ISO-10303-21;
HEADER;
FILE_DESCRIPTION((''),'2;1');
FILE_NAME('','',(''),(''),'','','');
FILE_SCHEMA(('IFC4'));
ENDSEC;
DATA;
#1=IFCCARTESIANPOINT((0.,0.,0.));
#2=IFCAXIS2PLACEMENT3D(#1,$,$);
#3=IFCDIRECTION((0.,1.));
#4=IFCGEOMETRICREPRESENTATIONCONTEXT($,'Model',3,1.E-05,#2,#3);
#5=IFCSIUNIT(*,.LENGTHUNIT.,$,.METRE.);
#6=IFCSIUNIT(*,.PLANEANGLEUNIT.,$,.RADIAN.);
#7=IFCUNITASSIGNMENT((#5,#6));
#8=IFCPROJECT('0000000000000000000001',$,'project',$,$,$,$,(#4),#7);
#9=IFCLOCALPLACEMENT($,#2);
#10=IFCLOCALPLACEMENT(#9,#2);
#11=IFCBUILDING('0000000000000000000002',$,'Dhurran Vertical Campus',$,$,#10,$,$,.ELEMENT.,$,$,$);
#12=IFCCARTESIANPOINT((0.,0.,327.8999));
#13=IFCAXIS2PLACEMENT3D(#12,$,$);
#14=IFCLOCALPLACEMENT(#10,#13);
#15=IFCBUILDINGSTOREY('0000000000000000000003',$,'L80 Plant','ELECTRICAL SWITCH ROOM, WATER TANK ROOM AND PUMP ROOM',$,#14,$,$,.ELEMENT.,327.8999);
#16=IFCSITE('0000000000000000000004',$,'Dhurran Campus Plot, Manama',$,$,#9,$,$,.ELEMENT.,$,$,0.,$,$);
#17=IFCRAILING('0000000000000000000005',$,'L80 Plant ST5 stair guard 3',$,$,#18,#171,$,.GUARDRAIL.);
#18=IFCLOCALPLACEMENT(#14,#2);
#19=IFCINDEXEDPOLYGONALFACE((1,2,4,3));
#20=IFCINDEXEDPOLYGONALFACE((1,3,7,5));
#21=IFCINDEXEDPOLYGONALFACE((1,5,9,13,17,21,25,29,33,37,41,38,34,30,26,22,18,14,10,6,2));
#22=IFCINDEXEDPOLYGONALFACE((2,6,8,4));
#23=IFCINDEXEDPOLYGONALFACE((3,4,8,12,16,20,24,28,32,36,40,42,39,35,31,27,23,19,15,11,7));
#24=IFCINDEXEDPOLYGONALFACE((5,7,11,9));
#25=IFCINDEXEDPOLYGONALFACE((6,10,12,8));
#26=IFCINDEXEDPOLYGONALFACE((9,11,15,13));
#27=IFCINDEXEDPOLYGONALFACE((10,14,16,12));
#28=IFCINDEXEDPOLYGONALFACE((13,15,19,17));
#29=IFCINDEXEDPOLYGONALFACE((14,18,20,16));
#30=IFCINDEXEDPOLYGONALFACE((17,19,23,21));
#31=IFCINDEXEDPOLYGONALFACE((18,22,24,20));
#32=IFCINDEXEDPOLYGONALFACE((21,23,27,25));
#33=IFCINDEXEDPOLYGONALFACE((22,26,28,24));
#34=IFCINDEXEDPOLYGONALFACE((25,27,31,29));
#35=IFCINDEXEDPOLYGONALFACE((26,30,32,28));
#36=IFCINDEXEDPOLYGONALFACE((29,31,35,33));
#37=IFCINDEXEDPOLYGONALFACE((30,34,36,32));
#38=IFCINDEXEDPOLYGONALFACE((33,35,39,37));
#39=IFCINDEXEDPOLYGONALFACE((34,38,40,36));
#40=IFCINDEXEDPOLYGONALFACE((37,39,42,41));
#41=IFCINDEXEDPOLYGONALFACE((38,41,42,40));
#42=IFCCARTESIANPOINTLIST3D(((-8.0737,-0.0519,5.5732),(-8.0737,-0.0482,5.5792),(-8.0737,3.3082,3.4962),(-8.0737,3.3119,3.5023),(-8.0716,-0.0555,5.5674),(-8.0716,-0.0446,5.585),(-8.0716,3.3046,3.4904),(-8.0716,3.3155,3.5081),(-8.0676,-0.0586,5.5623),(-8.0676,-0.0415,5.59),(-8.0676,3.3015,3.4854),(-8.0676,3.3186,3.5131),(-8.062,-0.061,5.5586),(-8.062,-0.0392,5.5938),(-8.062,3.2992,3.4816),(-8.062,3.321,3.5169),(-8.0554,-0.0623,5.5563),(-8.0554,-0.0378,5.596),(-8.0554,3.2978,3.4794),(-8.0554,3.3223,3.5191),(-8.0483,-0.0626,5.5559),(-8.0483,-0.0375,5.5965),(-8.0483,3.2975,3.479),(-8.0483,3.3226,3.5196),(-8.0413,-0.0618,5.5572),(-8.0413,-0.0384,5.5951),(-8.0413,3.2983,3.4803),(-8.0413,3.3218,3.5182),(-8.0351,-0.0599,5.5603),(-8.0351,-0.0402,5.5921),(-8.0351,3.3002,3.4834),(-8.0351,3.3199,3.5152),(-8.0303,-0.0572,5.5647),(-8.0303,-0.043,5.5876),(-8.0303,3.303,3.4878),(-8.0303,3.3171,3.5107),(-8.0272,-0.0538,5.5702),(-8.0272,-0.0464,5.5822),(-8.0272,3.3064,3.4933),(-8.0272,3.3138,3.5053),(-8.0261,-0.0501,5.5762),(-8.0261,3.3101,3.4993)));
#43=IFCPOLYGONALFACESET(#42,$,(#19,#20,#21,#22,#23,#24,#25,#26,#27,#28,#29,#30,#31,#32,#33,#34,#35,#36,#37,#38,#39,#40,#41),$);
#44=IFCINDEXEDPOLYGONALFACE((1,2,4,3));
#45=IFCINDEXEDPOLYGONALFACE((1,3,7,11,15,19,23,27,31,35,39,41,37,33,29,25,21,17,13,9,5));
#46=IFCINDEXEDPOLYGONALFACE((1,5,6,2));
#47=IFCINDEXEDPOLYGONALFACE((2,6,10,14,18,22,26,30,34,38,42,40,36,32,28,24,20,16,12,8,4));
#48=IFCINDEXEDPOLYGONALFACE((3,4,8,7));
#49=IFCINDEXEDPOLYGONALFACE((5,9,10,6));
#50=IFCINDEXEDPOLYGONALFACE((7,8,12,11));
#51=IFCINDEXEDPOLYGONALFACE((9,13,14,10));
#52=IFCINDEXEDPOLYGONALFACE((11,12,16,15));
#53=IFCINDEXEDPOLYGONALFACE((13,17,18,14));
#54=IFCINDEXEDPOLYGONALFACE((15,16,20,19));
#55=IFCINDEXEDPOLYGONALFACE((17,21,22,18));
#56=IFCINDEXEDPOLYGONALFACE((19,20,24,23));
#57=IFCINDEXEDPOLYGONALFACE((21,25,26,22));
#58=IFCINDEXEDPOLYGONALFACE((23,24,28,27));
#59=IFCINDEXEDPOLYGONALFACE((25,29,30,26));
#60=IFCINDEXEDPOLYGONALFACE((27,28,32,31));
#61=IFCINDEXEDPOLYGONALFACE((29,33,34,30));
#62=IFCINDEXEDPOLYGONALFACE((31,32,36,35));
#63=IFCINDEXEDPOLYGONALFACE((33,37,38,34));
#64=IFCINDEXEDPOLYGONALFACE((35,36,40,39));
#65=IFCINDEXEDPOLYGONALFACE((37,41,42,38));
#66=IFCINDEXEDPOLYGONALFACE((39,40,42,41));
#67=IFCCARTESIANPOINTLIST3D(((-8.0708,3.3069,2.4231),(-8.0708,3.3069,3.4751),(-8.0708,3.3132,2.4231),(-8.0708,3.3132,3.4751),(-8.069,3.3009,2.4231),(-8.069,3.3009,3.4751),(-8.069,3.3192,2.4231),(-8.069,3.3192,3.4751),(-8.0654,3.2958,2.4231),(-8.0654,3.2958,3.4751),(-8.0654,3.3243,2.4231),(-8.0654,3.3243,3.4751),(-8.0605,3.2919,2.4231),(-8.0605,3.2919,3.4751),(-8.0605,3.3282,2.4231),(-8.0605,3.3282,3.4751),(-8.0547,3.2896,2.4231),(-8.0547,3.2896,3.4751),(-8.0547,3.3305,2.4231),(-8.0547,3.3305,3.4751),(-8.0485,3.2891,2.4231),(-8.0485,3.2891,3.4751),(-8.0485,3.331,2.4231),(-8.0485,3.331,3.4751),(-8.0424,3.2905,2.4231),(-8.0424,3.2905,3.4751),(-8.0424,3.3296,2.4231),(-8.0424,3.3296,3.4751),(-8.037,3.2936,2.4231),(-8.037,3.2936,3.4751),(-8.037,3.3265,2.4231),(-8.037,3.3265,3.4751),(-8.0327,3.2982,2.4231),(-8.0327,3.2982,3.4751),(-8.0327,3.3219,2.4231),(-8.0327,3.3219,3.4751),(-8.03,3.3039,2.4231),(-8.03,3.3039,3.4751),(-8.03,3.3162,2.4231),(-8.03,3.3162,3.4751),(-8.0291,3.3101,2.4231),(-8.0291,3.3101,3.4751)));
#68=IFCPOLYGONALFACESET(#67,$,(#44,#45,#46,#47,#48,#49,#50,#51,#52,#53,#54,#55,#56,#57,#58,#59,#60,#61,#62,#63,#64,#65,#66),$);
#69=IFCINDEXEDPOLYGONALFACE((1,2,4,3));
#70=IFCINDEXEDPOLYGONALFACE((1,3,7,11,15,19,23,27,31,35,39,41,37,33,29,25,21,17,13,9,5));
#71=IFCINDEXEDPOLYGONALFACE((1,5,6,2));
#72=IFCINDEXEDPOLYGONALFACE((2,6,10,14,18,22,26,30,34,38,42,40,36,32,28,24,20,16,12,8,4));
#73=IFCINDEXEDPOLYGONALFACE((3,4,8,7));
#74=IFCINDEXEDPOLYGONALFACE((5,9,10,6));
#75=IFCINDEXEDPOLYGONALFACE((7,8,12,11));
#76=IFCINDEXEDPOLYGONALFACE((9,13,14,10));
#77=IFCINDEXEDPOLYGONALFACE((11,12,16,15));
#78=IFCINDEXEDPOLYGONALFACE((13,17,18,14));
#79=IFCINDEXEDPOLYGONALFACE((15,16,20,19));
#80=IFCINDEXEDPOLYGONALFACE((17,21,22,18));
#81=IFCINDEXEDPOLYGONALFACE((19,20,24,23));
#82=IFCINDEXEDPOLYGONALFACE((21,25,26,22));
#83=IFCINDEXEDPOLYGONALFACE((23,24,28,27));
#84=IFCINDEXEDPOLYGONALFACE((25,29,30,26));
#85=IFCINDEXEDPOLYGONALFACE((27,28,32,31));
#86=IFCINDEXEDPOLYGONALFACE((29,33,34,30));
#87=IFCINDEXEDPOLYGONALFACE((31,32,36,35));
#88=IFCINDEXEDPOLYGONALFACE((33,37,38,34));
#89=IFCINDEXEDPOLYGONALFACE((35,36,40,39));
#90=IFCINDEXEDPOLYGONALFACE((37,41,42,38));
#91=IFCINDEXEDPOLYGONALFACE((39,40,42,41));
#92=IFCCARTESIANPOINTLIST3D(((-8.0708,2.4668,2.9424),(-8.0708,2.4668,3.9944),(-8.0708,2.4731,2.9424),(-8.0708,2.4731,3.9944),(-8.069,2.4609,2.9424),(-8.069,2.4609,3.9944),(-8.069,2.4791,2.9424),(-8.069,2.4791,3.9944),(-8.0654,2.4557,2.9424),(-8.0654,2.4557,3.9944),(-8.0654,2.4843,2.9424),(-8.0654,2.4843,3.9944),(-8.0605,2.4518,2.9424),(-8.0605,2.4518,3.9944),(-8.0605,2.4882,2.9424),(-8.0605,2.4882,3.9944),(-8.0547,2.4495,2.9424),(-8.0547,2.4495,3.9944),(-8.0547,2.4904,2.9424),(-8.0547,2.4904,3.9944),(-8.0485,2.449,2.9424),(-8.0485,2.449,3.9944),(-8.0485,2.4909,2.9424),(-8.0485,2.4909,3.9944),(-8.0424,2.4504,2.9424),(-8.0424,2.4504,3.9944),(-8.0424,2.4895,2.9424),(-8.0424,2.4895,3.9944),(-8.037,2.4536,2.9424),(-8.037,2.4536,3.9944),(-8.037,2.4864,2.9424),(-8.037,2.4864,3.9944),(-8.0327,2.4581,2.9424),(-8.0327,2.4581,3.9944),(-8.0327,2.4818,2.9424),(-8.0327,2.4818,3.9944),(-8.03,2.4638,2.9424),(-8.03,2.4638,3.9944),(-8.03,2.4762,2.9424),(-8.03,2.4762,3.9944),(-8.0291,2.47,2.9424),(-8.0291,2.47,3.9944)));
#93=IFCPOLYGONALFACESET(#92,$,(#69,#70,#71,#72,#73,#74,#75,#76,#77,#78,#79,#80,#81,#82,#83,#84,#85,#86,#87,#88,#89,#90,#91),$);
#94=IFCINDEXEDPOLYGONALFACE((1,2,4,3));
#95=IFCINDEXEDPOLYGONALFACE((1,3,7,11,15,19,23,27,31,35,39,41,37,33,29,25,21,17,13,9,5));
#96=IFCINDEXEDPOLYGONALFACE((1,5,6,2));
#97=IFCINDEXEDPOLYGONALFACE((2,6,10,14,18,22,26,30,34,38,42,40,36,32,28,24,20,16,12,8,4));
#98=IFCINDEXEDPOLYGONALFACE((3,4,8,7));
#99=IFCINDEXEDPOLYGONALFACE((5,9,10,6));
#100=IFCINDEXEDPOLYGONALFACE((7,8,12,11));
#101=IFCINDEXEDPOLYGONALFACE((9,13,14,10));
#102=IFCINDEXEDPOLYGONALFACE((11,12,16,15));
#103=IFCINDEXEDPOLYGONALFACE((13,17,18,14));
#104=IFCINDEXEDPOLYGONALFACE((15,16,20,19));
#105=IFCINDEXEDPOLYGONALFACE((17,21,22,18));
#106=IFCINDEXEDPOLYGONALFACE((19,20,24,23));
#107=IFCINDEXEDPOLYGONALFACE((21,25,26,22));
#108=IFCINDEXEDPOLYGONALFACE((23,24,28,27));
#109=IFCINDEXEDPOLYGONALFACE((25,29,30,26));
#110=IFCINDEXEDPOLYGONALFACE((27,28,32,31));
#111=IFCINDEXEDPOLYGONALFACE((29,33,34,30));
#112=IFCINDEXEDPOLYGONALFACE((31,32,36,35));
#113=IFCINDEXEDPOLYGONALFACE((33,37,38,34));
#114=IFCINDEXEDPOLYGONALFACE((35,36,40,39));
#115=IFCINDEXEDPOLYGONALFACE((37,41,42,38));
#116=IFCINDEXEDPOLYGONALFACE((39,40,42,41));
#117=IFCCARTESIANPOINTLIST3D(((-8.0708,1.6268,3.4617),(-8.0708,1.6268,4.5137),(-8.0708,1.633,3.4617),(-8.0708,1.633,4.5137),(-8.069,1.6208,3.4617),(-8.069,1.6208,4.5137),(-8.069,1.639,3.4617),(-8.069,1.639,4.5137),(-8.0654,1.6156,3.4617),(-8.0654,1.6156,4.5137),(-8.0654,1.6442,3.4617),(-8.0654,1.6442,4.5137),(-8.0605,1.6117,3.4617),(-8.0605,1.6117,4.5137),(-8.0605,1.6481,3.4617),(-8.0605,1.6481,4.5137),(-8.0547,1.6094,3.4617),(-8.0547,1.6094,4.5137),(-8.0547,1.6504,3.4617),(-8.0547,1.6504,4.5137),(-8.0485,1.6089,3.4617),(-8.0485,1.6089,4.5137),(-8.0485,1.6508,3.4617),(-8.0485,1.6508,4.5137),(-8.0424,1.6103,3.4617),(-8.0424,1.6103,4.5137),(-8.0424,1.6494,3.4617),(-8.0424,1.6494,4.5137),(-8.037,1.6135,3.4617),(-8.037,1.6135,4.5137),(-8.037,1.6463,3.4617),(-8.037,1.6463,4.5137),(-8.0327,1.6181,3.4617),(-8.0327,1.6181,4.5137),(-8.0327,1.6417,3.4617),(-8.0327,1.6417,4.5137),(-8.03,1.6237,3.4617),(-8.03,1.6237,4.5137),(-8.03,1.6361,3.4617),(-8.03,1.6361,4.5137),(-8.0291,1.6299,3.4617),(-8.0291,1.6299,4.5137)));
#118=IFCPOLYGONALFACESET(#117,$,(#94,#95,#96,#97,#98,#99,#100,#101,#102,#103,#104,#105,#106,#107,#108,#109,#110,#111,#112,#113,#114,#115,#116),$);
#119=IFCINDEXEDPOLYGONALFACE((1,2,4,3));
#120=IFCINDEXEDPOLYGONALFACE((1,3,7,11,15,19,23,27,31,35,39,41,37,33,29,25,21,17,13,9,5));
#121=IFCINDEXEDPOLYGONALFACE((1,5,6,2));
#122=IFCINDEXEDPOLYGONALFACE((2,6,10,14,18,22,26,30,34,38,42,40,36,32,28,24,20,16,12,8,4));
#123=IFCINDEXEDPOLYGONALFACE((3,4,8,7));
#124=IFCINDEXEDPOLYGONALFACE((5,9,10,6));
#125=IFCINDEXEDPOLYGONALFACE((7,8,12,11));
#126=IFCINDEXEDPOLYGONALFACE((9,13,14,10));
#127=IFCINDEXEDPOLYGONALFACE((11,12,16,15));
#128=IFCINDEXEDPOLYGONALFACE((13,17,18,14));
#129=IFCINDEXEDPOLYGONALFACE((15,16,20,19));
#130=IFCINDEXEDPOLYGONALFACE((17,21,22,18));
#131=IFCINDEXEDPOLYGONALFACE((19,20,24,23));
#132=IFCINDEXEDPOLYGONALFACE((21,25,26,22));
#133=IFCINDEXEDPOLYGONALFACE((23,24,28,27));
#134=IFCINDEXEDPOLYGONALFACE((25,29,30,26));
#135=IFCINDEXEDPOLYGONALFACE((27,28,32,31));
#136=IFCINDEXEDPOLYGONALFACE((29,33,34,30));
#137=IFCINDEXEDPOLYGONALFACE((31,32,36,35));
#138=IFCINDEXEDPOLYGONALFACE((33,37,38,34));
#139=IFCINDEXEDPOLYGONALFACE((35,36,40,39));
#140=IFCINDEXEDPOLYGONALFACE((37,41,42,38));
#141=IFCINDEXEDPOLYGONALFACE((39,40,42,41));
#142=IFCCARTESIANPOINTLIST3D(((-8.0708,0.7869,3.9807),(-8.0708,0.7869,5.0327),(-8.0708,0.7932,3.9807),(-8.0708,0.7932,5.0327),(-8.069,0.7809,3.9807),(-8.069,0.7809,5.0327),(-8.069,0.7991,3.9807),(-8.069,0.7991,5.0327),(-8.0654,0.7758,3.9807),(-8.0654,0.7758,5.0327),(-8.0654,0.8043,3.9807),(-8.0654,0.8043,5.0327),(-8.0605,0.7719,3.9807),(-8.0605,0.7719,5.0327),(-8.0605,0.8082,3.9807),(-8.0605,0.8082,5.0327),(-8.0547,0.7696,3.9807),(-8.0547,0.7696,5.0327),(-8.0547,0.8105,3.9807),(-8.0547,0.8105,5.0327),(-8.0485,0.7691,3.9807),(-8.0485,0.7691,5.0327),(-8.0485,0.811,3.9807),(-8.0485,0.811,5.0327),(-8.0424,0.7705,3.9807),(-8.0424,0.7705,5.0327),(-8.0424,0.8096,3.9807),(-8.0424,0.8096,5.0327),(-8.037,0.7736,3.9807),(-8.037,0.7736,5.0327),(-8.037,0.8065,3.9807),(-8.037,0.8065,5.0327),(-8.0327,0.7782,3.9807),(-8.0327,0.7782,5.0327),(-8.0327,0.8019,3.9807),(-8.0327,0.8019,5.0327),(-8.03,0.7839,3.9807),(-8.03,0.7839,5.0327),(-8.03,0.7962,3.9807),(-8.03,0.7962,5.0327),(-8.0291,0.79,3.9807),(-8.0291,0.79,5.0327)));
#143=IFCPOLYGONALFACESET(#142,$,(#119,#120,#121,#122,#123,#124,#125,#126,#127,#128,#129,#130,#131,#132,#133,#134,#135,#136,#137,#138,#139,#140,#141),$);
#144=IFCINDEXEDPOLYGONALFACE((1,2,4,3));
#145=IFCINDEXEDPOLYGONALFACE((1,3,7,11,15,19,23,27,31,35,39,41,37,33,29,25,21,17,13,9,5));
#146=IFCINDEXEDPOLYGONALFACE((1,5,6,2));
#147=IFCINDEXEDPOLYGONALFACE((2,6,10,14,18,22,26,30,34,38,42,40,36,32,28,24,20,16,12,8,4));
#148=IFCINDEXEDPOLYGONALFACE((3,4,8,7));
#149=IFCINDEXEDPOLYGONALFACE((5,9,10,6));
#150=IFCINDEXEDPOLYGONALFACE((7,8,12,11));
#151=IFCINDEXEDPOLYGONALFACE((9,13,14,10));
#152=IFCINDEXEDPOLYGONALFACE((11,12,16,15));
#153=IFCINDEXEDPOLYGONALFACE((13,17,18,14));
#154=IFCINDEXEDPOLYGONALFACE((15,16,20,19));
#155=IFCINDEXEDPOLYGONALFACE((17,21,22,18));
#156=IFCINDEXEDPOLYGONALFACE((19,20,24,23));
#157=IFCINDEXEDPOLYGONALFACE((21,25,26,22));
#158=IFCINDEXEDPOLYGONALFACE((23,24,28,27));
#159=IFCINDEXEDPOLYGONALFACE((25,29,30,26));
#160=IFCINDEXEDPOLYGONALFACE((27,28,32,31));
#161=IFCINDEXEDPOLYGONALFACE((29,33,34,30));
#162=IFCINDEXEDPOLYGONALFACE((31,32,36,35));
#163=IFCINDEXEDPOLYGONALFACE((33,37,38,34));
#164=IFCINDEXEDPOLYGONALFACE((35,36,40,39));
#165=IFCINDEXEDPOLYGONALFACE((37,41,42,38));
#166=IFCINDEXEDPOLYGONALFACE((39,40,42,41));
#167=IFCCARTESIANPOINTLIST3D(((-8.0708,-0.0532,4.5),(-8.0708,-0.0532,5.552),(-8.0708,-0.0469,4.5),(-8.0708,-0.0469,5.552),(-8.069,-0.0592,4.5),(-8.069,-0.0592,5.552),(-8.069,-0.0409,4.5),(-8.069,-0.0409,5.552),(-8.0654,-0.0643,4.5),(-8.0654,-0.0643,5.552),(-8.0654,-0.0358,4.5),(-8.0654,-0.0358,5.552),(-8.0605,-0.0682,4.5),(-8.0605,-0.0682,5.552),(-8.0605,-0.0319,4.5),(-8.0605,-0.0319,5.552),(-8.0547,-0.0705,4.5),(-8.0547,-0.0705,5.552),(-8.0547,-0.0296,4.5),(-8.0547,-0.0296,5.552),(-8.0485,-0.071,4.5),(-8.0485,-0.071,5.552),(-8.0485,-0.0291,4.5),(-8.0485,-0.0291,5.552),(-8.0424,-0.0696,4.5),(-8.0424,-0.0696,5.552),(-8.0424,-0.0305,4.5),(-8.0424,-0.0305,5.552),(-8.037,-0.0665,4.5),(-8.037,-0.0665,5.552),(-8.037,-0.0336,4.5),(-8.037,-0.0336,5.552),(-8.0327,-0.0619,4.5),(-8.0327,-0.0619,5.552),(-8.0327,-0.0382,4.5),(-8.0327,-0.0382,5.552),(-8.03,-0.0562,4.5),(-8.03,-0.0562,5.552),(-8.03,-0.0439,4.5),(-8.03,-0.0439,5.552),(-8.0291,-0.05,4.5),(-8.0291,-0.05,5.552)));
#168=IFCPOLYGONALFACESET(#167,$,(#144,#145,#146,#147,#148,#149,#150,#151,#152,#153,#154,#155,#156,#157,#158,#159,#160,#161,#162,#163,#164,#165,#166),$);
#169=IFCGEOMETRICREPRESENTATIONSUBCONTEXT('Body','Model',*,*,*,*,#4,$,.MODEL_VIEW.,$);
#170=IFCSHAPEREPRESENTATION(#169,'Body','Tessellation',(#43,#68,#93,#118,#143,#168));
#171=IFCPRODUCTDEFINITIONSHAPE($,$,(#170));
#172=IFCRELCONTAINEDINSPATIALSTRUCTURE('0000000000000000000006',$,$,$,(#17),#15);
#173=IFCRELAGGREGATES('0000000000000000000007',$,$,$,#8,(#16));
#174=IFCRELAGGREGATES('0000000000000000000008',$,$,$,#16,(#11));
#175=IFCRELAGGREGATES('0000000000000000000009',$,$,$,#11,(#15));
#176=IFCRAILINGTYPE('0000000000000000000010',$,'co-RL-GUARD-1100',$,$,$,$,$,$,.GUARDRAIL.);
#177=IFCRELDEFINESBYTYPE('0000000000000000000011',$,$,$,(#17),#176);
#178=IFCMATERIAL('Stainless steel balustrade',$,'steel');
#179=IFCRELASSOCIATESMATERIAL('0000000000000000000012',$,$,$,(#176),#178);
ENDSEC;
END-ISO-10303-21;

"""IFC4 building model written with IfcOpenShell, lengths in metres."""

from ifc_helpers import new_model, si_unit, direction, frame, origin, origin_2d, place, context, subcontext, project, spatial, circle, extrude, material, type_object, element, save


model = new_model("IFC4")

# Units and contexts
model_context = context("Model", 3, precision=1e-05, world=origin(), true_north=direction((0.0, 1.0)))
body_context = subcontext(model_context, "Body", "Model", "MODEL_VIEW")
ifc_project = project(units=[si_unit("LENGTHUNIT", "METRE"), si_unit("PLANEANGLEUNIT", "RADIAN")], contexts=[model_context])

# Site, building, storey
site_placement = place(None, origin())
site = spatial("IfcSite", under=ifc_project, at=site_placement, Name="Dhurran Campus Plot, Manama", CompositionType="ELEMENT", RefElevation=0.0)
building_placement = place(site_placement, origin())
building = spatial("IfcBuilding", under=site, at=building_placement, Name="Dhurran Vertical Campus", CompositionType="ELEMENT")
storey_placement = place(building_placement, frame((0.0, 0.0, 327.8999)))
storey = spatial("IfcBuildingStorey", under=building, at=storey_placement, Name="L80 Plant", Description="ELECTRICAL SWITCH ROOM, WATER TANK ROOM AND PUMP ROOM", CompositionType="ELEMENT", Elevation=327.8999)

# Railing
ifc_material_1 = material(Name="Stainless steel balustrade", Category="steel")
railing_type = type_object("IfcRailingType", Name="co-RL-GUARD-1100", PredefinedType="GUARDRAIL", material=ifc_material_1)
railing_1_placement = place(storey_placement, frame((-8.05, 3.3101, 2.4231)))
element("IfcRailing", 1, at=railing_1_placement, inside=storey, type_object=railing_type, Name="L80 Plant ST5 stair guard 3", PredefinedType="GUARDRAIL", context=body_context, shape_type="SweptSolid", body=[
    extrude(circle(Radius=0.0239, at=origin_2d()), frame((0.0, 0.0, 1.0762), z_axis=(0.0, -0.850623, 0.525776), x_axis=(1.0, 0.0, 0.0)), (0.0, 0.0, 1.0), 3.9502),
    extrude(circle(Radius=0.021, at=origin_2d()), origin(), (0.0, 0.0, 1.0), 1.052),
    extrude(circle(Radius=0.021, at=origin_2d()), frame((0.0, -0.8401, 0.5193)), (0.0, 0.0, 1.0), 1.052),
    extrude(circle(Radius=0.021, at=origin_2d()), frame((0.0, -1.6802, 1.0386)), (0.0, 0.0, 1.0), 1.052),
    extrude(circle(Radius=0.021, at=origin_2d()), frame((0.0, -2.52, 1.5576)), (0.0, 0.0, 1.0), 1.052),
    extrude(circle(Radius=0.021, at=origin_2d()), frame((0.0, -3.3601, 2.0769)), (0.0, 0.0, 1.0), 1.052),
])

save(model, "model.ifc")
